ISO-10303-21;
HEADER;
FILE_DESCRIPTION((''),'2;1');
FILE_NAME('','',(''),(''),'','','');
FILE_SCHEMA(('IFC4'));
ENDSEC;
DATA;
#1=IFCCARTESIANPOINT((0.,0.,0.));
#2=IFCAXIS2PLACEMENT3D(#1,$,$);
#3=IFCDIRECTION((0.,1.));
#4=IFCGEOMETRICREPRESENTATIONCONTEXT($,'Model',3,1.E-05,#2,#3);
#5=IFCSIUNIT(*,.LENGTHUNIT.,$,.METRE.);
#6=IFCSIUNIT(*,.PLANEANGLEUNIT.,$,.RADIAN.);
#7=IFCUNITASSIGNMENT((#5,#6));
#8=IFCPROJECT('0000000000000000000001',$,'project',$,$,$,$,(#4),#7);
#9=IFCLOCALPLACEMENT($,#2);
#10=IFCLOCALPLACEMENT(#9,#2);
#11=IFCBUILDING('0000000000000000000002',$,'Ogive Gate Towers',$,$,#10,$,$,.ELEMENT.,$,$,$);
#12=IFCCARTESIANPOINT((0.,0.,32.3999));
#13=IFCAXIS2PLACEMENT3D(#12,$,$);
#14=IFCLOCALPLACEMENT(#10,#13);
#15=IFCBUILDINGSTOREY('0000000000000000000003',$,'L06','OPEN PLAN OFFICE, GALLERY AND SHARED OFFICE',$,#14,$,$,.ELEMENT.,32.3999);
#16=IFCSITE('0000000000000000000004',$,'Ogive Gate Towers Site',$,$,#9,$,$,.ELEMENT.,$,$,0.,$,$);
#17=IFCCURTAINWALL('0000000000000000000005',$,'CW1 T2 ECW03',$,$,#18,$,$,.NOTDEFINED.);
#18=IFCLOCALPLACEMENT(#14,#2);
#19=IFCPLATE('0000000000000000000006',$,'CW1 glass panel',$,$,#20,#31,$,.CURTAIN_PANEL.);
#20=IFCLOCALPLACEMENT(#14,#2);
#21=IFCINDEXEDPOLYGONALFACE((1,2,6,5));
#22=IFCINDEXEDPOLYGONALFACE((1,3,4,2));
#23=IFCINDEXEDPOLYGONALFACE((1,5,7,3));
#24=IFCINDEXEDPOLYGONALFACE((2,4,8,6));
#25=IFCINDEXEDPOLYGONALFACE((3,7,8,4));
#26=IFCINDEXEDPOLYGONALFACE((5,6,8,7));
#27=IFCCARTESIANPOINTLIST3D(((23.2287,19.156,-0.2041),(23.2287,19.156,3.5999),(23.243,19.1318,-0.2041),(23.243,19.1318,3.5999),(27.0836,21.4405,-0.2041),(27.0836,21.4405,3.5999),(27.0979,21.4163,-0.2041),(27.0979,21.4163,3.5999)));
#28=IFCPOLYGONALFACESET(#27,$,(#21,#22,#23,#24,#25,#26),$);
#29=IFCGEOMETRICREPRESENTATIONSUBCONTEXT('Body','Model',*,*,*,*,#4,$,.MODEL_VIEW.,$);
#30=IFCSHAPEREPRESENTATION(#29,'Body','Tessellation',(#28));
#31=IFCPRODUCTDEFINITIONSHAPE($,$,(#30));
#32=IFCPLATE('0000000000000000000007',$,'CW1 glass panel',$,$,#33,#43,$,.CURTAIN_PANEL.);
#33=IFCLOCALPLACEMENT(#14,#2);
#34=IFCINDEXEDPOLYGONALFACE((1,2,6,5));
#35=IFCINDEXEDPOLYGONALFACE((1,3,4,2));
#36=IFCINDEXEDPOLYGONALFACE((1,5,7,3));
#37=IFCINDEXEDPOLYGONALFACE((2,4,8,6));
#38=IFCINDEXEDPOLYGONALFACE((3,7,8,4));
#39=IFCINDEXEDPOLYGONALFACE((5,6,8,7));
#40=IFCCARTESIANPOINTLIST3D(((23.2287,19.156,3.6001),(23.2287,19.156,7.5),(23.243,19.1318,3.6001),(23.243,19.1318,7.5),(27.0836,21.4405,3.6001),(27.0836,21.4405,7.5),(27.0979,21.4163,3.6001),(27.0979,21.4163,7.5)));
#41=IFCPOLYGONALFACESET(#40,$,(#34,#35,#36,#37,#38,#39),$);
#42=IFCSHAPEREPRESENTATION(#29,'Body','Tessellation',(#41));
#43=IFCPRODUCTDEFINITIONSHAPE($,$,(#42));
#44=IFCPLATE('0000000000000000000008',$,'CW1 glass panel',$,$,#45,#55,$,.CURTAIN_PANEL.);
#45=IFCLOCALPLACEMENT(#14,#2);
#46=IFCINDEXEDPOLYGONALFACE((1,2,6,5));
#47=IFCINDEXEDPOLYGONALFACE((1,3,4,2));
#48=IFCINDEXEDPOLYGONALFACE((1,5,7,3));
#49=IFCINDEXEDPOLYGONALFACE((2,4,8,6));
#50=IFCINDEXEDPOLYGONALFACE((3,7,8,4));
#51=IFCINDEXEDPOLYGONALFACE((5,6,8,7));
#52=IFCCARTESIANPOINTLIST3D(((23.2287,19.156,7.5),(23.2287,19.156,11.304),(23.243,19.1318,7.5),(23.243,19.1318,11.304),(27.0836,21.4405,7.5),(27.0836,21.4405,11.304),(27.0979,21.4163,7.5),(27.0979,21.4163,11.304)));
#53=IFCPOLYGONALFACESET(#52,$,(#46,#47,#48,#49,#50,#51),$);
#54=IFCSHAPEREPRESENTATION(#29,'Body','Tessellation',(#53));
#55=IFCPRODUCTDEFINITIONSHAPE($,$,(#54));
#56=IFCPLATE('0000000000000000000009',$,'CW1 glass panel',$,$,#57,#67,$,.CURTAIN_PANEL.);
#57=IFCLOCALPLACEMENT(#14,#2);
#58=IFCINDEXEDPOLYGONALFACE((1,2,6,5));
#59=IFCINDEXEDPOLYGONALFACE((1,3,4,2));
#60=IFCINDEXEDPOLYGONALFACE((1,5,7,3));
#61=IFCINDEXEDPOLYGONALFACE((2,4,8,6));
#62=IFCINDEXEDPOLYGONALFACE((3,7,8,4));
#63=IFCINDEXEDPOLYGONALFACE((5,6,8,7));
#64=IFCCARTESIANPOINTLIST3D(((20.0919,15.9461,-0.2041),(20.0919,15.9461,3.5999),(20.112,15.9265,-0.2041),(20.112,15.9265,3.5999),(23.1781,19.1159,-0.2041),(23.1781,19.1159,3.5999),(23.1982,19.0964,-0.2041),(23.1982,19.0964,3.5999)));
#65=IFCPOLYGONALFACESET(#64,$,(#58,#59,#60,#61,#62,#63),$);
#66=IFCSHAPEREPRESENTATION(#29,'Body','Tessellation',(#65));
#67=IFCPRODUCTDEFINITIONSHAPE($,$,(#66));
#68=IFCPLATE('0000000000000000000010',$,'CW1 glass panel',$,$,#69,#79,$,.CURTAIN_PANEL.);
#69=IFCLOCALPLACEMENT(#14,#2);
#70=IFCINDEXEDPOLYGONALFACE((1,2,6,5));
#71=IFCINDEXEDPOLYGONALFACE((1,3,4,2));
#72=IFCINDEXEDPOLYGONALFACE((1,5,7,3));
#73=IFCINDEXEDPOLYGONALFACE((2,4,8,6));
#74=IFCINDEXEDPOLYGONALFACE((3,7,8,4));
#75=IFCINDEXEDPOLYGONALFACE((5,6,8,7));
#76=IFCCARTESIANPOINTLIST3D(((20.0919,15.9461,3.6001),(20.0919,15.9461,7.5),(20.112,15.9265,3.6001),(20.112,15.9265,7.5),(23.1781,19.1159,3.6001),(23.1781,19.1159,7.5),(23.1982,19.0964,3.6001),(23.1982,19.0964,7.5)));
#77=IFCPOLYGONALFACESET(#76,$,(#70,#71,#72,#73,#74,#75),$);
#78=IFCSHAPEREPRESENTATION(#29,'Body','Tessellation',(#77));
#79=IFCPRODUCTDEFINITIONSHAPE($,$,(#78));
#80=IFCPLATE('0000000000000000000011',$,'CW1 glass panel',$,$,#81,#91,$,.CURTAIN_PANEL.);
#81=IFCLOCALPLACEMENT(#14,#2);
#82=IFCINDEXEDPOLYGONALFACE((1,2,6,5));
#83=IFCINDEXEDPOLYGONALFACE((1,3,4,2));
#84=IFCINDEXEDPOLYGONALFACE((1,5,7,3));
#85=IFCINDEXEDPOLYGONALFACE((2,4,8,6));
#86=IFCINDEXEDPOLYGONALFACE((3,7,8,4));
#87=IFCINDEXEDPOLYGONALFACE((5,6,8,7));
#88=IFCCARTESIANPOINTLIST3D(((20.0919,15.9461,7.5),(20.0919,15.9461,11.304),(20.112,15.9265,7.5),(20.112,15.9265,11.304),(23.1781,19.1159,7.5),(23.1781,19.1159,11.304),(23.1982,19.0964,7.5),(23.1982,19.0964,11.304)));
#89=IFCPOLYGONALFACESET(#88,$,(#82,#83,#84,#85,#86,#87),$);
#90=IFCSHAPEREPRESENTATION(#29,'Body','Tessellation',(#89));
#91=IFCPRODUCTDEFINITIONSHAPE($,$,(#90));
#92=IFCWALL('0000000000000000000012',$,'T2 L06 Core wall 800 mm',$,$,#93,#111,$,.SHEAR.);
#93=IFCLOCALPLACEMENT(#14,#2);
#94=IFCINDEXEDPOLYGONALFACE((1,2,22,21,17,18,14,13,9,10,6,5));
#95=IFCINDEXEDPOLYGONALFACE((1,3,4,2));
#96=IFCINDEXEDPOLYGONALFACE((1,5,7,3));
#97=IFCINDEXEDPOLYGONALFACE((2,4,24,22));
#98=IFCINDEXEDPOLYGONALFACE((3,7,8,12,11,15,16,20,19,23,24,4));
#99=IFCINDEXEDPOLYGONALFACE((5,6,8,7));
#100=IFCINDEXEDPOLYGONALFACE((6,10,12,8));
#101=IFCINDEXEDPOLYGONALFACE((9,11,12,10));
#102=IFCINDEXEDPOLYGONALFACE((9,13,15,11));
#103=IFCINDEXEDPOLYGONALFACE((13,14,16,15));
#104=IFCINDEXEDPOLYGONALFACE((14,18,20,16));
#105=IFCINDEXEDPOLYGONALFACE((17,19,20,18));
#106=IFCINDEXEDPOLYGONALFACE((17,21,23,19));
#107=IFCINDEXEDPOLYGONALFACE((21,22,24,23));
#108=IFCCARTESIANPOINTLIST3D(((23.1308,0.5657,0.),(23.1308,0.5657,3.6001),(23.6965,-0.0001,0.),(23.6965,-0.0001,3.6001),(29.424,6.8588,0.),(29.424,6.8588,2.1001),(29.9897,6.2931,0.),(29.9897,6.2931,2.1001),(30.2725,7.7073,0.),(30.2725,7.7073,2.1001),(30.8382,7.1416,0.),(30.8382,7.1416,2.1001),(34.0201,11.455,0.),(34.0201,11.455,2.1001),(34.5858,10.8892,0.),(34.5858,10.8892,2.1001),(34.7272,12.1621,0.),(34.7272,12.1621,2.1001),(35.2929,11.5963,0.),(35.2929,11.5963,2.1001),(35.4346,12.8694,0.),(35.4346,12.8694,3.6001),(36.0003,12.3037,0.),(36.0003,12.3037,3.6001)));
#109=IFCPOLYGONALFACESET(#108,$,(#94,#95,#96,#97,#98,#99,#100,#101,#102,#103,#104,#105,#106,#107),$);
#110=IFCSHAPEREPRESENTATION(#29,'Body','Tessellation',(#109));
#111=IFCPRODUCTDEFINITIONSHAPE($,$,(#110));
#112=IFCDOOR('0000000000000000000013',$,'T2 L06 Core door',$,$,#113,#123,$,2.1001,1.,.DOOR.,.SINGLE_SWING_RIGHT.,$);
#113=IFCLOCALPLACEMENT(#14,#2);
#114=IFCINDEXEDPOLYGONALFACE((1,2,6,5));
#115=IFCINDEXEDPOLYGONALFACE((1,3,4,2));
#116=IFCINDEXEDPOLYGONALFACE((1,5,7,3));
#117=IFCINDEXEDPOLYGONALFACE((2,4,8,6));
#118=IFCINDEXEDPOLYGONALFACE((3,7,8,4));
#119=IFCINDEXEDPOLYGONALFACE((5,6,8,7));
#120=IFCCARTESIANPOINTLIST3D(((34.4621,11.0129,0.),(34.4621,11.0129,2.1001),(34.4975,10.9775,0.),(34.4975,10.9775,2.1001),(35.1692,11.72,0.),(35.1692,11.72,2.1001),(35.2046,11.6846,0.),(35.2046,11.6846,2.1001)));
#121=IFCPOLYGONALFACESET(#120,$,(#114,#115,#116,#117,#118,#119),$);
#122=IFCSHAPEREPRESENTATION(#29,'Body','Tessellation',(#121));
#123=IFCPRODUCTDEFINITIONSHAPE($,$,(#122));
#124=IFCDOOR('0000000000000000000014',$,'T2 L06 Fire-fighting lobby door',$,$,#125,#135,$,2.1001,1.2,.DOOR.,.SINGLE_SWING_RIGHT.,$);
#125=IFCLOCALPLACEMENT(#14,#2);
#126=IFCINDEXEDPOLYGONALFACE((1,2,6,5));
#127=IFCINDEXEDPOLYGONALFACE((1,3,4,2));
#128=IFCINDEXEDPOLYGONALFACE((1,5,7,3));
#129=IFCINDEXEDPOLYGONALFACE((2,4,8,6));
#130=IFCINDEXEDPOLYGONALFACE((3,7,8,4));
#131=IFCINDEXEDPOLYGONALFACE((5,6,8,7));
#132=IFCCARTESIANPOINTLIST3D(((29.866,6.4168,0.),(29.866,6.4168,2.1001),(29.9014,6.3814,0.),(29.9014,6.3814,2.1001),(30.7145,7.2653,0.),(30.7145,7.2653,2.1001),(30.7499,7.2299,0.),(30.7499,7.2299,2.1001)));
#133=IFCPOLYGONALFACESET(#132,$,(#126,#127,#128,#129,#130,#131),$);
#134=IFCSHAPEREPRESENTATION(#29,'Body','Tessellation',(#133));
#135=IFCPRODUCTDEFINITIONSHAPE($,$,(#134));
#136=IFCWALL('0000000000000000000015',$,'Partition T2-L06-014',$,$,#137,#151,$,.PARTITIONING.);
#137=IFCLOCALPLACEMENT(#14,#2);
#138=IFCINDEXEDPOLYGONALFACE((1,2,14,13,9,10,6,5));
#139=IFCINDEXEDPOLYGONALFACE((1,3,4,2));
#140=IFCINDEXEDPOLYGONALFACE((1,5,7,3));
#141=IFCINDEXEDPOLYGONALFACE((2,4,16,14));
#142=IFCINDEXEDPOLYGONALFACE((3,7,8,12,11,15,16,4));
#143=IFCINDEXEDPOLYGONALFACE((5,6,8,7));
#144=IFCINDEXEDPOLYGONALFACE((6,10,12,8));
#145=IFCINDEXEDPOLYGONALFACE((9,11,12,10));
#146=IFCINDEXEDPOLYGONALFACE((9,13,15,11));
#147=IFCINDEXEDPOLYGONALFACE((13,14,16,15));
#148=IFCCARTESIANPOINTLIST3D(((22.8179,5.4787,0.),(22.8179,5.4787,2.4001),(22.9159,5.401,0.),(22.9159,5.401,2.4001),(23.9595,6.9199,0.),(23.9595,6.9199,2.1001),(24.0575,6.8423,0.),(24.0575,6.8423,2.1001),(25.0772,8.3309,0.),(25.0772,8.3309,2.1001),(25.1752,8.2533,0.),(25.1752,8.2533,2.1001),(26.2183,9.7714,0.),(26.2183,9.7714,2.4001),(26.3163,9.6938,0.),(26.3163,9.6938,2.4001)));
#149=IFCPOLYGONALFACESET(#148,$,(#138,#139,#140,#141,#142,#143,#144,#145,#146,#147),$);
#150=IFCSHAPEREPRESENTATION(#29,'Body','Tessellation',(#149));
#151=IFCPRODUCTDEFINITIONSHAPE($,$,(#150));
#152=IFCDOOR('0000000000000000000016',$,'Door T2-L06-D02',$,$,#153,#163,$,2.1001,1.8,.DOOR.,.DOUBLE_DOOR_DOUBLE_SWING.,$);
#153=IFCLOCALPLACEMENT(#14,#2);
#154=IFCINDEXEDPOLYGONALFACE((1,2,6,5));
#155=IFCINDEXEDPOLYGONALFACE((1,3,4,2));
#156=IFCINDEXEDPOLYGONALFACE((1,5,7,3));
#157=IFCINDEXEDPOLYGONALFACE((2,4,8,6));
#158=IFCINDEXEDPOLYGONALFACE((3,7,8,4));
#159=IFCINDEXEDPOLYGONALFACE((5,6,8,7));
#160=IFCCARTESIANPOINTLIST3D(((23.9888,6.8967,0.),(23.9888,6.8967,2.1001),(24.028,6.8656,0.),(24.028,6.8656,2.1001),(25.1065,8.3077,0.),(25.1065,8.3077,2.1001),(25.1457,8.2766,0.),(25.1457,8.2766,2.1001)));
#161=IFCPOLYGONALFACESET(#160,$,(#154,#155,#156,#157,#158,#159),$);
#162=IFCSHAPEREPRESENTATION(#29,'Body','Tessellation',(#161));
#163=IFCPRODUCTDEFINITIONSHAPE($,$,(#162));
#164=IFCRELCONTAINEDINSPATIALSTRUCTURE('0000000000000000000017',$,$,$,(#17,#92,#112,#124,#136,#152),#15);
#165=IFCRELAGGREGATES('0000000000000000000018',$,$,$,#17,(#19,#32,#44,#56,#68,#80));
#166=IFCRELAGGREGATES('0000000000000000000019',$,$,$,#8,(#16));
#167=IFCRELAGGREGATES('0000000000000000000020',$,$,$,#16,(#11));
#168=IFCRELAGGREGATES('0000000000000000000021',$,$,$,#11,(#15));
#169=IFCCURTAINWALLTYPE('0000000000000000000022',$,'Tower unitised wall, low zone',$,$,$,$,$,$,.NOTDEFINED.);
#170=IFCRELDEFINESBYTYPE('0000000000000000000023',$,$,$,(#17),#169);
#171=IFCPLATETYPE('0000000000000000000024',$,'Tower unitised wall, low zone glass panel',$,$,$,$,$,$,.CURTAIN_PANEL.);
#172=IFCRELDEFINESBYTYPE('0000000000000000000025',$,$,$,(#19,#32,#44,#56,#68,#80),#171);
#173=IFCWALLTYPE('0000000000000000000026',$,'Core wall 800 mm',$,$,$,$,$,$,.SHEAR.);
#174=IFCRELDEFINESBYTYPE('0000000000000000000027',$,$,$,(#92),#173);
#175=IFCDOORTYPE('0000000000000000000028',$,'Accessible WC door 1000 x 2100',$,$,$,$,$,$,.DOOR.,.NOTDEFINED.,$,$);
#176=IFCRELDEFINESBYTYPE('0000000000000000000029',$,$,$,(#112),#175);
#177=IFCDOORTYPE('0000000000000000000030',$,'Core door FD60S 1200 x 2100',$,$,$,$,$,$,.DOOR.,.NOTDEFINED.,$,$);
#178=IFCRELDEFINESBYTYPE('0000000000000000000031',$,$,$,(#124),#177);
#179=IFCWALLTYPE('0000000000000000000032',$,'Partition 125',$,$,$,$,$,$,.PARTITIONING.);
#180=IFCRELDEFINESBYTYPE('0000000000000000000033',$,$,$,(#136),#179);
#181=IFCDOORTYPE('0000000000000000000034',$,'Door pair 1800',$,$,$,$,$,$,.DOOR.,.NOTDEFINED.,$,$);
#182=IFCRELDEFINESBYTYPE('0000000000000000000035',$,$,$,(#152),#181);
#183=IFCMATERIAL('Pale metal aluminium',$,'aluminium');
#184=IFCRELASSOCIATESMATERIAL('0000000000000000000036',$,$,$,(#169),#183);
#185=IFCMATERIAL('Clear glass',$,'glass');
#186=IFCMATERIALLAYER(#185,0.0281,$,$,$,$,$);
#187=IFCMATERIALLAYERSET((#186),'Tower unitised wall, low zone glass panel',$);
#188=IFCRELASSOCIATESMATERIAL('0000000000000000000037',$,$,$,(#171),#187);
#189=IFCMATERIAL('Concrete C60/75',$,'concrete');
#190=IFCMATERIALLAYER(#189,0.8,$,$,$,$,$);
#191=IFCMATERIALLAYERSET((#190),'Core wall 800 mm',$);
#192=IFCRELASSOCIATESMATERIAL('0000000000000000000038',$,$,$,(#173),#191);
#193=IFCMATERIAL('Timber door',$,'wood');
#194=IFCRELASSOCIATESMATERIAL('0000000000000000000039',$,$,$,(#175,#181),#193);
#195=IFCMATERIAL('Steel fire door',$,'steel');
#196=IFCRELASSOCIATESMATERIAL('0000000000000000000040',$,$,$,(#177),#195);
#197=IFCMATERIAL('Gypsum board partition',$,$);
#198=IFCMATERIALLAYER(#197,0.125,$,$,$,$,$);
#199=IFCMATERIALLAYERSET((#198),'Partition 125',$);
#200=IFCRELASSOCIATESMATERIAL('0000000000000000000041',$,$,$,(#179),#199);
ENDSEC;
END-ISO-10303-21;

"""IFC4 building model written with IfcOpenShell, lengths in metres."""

from ifc_helpers import new_model, si_unit, direction, frame, frame_2d, origin, origin_2d, place, context, subcontext, project, spatial, rectangle, extrude, material, layer, layer_set, type_object, element, fill, aggregate, save


model = new_model("IFC4")

# Units and contexts
model_context = context("Model", 3, precision=1e-05, world=origin(), true_north=direction((0.0, 1.0)))
body_context = subcontext(model_context, "Body", "Model", "MODEL_VIEW")
ifc_project = project(units=[si_unit("LENGTHUNIT", "METRE"), si_unit("PLANEANGLEUNIT", "RADIAN")], contexts=[model_context])

# Site, building, storey
site_placement = place(None, origin())
site = spatial("IfcSite", under=ifc_project, at=site_placement, Name="Ogive Gate Towers Site", CompositionType="ELEMENT", RefElevation=0.0)
building_placement = place(site_placement, origin())
building = spatial("IfcBuilding", under=site, at=building_placement, Name="Ogive Gate Towers", CompositionType="ELEMENT")
storey_placement = place(building_placement, frame((0.0, 0.0, 32.3999)))
storey = spatial("IfcBuildingStorey", under=building, at=storey_placement, Name="L06", Description="OPEN PLAN OFFICE, GALLERY AND SHARED OFFICE", CompositionType="ELEMENT", Elevation=32.3999)

# Curtain wall
ifc_material_1 = material(Name="Pale metal aluminium", Category="aluminium")
curtain_wall_type = type_object("IfcCurtainWallType", Name="Tower unitised wall, low zone", PredefinedType="NOTDEFINED", material=ifc_material_1)
curtain_wall_placement = place(storey_placement, origin())
curtain_wall = element("IfcCurtainWall", 1, at=curtain_wall_placement, inside=storey, type_object=curtain_wall_type, Name="CW1 T2 ECW03", PredefinedType="NOTDEFINED")

# Plates
ifc_material_2 = material(Name="Clear glass", Category="glass")
ifc_layer_1 = layer(ifc_material_2, 0.0281)
ifc_layer_set_1 = layer_set([ifc_layer_1], Name="Tower unitised wall, low zone glass panel")
plate_type = type_object("IfcPlateType", Name="Tower unitised wall, low zone glass panel", PredefinedType="CURTAIN_PANEL", material=ifc_layer_set_1)
plate_1_placement = place(storey_placement, frame((25.1633, 20.2861, -0.2041), z_axis=(0.0, 0.0, 1.0), x_axis=(-0.86028, -0.509822, 0.0)))
plate_1 = element("IfcPlate", 2, at=plate_1_placement, type_object=plate_type, Name="CW1 glass panel", PredefinedType="CURTAIN_PANEL", context=body_context, shape_type="SweptSolid", body=[
    extrude(rectangle(XDim=4.481, YDim=0.0281, at=origin_2d()), origin(), (0.0, 0.0, 1.0), 3.804),
])
plate_2_placement = place(storey_placement, frame((25.1633, 20.2861, 3.6001), z_axis=(0.0, 0.0, 1.0), x_axis=(-0.86028, -0.509822, 0.0)))
plate_2 = element("IfcPlate", 3, at=plate_2_placement, type_object=plate_type, Name="CW1 glass panel", PredefinedType="CURTAIN_PANEL", context=body_context, shape_type="SweptSolid", body=[
    extrude(rectangle(XDim=4.481, YDim=0.0281, at=origin_2d()), origin(), (0.0, 0.0, 1.0), 3.8999),
])
plate_3_placement = place(storey_placement, frame((25.1633, 20.2861, 7.5), z_axis=(0.0, 0.0, 1.0), x_axis=(-0.86028, -0.509822, 0.0)))
plate_3 = element("IfcPlate", 4, at=plate_3_placement, type_object=plate_type, Name="CW1 glass panel", PredefinedType="CURTAIN_PANEL", context=body_context, shape_type="SweptSolid", body=[
    extrude(rectangle(XDim=4.481, YDim=0.0281, at=origin_2d()), origin(), (0.0, 0.0, 1.0), 3.804),
])
plate_4_placement = place(storey_placement, frame((21.645, 17.5212, -0.2041), z_axis=(0.0, 0.0, 1.0), x_axis=(-0.69759, -0.716497, 0.0)))
plate_4 = element("IfcPlate", 5, at=plate_4_placement, type_object=plate_type, Name="CW1 glass panel", PredefinedType="CURTAIN_PANEL", context=body_context, shape_type="SweptSolid", body=[
    extrude(rectangle(XDim=4.4241, YDim=0.0281, at=origin_2d()), origin(), (0.0, 0.0, 1.0), 3.804),
])
plate_5_placement = place(storey_placement, frame((21.645, 17.5212, 3.6001), z_axis=(0.0, 0.0, 1.0), x_axis=(-0.69759, -0.716497, 0.0)))
plate_5 = element("IfcPlate", 6, at=plate_5_placement, type_object=plate_type, Name="CW1 glass panel", PredefinedType="CURTAIN_PANEL", context=body_context, shape_type="SweptSolid", body=[
    extrude(rectangle(XDim=4.4241, YDim=0.0281, at=origin_2d()), origin(), (0.0, 0.0, 1.0), 3.8999),
])
plate_6_placement = place(storey_placement, frame((21.645, 17.5212, 7.5), z_axis=(0.0, 0.0, 1.0), x_axis=(-0.69759, -0.716497, 0.0)))
plate_6 = element("IfcPlate", 7, at=plate_6_placement, type_object=plate_type, Name="CW1 glass panel", PredefinedType="CURTAIN_PANEL", context=body_context, shape_type="SweptSolid", body=[
    extrude(rectangle(XDim=4.4241, YDim=0.0281, at=origin_2d()), origin(), (0.0, 0.0, 1.0), 3.804),
])
aggregate(curtain_wall, [plate_1, plate_2, plate_3, plate_4, plate_5, plate_6])

# Wall, openings, doors
ifc_material_3 = material(Name="Concrete C60/75", Category="concrete")
ifc_layer_2 = layer(ifc_material_3, 0.8)
ifc_layer_set_2 = layer_set([ifc_layer_2], Name="Core wall 800 mm")
wall_type_1 = type_object("IfcWallType", Name="Core wall 800 mm", PredefinedType="SHEAR", material=ifc_layer_set_2)
wall_1_placement = place(storey_placement, frame((23.4136, 0.2827, 0.0), z_axis=(0.0, 0.0, 1.0), x_axis=(0.707107, 0.707107, 0.0)))
wall_1 = element("IfcWall", 8, at=wall_1_placement, inside=storey, type_object=wall_type_1, Name="T2 L06 Core wall 800 mm", PredefinedType="SHEAR", context=body_context, shape_type="SweptSolid", body=[
    extrude(rectangle(XDim=17.4001, YDim=0.8, at=frame_2d((8.7002, 0.0))), origin(), (0.0, 0.0, 1.0), 3.6001),
])
opening_1_placement = place(wall_1_placement, frame((8.8999, 0.0, 0.0)))
opening_1 = element("IfcOpeningElement", 9, at=opening_1_placement, cuts=wall_1, PredefinedType="OPENING", context=body_context, shape_type="SweptSolid", body=[
    extrude(rectangle(XDim=1.2, YDim=2.1001, at=frame_2d((0.6001, 1.05))), frame((0.0, 0.4102, 0.0), z_axis=(0.0, -1.0, 0.0), x_axis=(1.0, 0.0, 0.0)), (0.0, 0.0, 1.0), 0.8201),
])
opening_2_placement = place(wall_1_placement, frame((15.3999, 0.0, 0.0)))
opening_2 = element("IfcOpeningElement", 10, at=opening_2_placement, cuts=wall_1, PredefinedType="OPENING", context=body_context, shape_type="SweptSolid", body=[
    extrude(rectangle(XDim=1.0, YDim=2.1001, at=frame_2d((0.5, 1.05))), frame((0.0, 0.4102, 0.0), z_axis=(0.0, -1.0, 0.0), x_axis=(1.0, 0.0, 0.0)), (0.0, 0.0, 1.0), 0.8201),
])
ifc_material_4 = material(Name="Timber door", Category="wood")
door_type_1 = type_object("IfcDoorType", Name="Accessible WC door 1000 x 2100", OperationType="NOTDEFINED", PredefinedType="DOOR", material=ifc_material_4)
door_1_placement = place(opening_2_placement, origin())
door_1 = element("IfcDoor", 11, at=door_1_placement, inside=storey, type_object=door_type_1, Name="T2 L06 Core door", OperationType="SINGLE_SWING_RIGHT", OverallHeight=2.1001, OverallWidth=1.0, PredefinedType="DOOR", context=body_context, shape_type="SweptSolid", body=[
    extrude(rectangle(XDim=1.0, YDim=2.1001, at=frame_2d((0.5, 1.05))), frame((0.0, -0.2251, 0.0), z_axis=(0.0, -1.0, 0.0), x_axis=(1.0, 0.0, 0.0)), (0.0, 0.0, 1.0), 0.05),
])
fill(opening_2, door_1)
ifc_material_5 = material(Name="Steel fire door", Category="steel")
door_type_2 = type_object("IfcDoorType", Name="Core door FD60S 1200 x 2100", OperationType="NOTDEFINED", PredefinedType="DOOR", material=ifc_material_5)
door_2_placement = place(opening_1_placement, origin())
door_2 = element("IfcDoor", 12, at=door_2_placement, inside=storey, type_object=door_type_2, Name="T2 L06 Fire-fighting lobby door", OperationType="SINGLE_SWING_RIGHT", OverallHeight=2.1001, OverallWidth=1.2, PredefinedType="DOOR", context=body_context, shape_type="SweptSolid", body=[
    extrude(rectangle(XDim=1.2, YDim=2.1001, at=frame_2d((0.6001, 1.05))), frame((0.0, -0.2251, 0.0), z_axis=(0.0, -1.0, 0.0), x_axis=(1.0, 0.0, 0.0)), (0.0, 0.0, 1.0), 0.05),
])
fill(opening_1, door_2)

# Wall, opening, door
ifc_material_6 = material(Name="Gypsum board partition")
ifc_layer_3 = layer(ifc_material_6, 0.125)
ifc_layer_set_3 = layer_set([ifc_layer_3], Name="Partition 125")
wall_type_2 = type_object("IfcWallType", Name="Partition 125", PredefinedType="PARTITIONING", material=ifc_layer_set_3)
wall_2_placement = place(storey_placement, frame((26.2673, 9.7327, 0.0), z_axis=(0.0, 0.0, 1.0), x_axis=(-0.620926, -0.78387, 0.0)))
wall_2 = element("IfcWall", 13, at=wall_2_placement, inside=storey, type_object=wall_type_2, Name="Partition T2-L06-014", PredefinedType="PARTITIONING", context=body_context, shape_type="SweptSolid", body=[
    extrude(rectangle(XDim=5.4763, YDim=0.125, at=frame_2d((2.7383, 0.0))), origin(), (0.0, 0.0, 1.0), 2.4001),
])
opening_3_placement = place(wall_2_placement, frame((1.8379, 0.0, 0.0)))
opening_3 = element("IfcOpeningElement", 14, at=opening_3_placement, cuts=wall_2, PredefinedType="OPENING", context=body_context, shape_type="SweptSolid", body=[
    extrude(rectangle(XDim=1.8, YDim=2.1001, at=frame_2d((0.8999, 1.05))), frame((0.0, 0.0725, 0.0), z_axis=(0.0, -1.0, 0.0), x_axis=(1.0, 0.0, 0.0)), (0.0, 0.0, 1.0), 0.145),
])
door_type_3 = type_object("IfcDoorType", Name="Door pair 1800", OperationType="NOTDEFINED", PredefinedType="DOOR", material=ifc_material_4)
door_3_placement = place(opening_3_placement, origin())
door_3 = element("IfcDoor", 15, at=door_3_placement, inside=storey, type_object=door_type_3, Name="Door T2-L06-D02", OperationType="DOUBLE_DOOR_DOUBLE_SWING", OverallHeight=2.1001, OverallWidth=1.8, PredefinedType="DOOR", context=body_context, shape_type="SweptSolid", body=[
    extrude(rectangle(XDim=1.8, YDim=2.1001, at=frame_2d((0.8999, 1.05))), frame((0.0, 0.0249, 0.0), z_axis=(0.0, -1.0, 0.0), x_axis=(1.0, 0.0, 0.0)), (0.0, 0.0, 1.0), 0.05),
])
fill(opening_3, door_3)

save(model, "model.ifc")
